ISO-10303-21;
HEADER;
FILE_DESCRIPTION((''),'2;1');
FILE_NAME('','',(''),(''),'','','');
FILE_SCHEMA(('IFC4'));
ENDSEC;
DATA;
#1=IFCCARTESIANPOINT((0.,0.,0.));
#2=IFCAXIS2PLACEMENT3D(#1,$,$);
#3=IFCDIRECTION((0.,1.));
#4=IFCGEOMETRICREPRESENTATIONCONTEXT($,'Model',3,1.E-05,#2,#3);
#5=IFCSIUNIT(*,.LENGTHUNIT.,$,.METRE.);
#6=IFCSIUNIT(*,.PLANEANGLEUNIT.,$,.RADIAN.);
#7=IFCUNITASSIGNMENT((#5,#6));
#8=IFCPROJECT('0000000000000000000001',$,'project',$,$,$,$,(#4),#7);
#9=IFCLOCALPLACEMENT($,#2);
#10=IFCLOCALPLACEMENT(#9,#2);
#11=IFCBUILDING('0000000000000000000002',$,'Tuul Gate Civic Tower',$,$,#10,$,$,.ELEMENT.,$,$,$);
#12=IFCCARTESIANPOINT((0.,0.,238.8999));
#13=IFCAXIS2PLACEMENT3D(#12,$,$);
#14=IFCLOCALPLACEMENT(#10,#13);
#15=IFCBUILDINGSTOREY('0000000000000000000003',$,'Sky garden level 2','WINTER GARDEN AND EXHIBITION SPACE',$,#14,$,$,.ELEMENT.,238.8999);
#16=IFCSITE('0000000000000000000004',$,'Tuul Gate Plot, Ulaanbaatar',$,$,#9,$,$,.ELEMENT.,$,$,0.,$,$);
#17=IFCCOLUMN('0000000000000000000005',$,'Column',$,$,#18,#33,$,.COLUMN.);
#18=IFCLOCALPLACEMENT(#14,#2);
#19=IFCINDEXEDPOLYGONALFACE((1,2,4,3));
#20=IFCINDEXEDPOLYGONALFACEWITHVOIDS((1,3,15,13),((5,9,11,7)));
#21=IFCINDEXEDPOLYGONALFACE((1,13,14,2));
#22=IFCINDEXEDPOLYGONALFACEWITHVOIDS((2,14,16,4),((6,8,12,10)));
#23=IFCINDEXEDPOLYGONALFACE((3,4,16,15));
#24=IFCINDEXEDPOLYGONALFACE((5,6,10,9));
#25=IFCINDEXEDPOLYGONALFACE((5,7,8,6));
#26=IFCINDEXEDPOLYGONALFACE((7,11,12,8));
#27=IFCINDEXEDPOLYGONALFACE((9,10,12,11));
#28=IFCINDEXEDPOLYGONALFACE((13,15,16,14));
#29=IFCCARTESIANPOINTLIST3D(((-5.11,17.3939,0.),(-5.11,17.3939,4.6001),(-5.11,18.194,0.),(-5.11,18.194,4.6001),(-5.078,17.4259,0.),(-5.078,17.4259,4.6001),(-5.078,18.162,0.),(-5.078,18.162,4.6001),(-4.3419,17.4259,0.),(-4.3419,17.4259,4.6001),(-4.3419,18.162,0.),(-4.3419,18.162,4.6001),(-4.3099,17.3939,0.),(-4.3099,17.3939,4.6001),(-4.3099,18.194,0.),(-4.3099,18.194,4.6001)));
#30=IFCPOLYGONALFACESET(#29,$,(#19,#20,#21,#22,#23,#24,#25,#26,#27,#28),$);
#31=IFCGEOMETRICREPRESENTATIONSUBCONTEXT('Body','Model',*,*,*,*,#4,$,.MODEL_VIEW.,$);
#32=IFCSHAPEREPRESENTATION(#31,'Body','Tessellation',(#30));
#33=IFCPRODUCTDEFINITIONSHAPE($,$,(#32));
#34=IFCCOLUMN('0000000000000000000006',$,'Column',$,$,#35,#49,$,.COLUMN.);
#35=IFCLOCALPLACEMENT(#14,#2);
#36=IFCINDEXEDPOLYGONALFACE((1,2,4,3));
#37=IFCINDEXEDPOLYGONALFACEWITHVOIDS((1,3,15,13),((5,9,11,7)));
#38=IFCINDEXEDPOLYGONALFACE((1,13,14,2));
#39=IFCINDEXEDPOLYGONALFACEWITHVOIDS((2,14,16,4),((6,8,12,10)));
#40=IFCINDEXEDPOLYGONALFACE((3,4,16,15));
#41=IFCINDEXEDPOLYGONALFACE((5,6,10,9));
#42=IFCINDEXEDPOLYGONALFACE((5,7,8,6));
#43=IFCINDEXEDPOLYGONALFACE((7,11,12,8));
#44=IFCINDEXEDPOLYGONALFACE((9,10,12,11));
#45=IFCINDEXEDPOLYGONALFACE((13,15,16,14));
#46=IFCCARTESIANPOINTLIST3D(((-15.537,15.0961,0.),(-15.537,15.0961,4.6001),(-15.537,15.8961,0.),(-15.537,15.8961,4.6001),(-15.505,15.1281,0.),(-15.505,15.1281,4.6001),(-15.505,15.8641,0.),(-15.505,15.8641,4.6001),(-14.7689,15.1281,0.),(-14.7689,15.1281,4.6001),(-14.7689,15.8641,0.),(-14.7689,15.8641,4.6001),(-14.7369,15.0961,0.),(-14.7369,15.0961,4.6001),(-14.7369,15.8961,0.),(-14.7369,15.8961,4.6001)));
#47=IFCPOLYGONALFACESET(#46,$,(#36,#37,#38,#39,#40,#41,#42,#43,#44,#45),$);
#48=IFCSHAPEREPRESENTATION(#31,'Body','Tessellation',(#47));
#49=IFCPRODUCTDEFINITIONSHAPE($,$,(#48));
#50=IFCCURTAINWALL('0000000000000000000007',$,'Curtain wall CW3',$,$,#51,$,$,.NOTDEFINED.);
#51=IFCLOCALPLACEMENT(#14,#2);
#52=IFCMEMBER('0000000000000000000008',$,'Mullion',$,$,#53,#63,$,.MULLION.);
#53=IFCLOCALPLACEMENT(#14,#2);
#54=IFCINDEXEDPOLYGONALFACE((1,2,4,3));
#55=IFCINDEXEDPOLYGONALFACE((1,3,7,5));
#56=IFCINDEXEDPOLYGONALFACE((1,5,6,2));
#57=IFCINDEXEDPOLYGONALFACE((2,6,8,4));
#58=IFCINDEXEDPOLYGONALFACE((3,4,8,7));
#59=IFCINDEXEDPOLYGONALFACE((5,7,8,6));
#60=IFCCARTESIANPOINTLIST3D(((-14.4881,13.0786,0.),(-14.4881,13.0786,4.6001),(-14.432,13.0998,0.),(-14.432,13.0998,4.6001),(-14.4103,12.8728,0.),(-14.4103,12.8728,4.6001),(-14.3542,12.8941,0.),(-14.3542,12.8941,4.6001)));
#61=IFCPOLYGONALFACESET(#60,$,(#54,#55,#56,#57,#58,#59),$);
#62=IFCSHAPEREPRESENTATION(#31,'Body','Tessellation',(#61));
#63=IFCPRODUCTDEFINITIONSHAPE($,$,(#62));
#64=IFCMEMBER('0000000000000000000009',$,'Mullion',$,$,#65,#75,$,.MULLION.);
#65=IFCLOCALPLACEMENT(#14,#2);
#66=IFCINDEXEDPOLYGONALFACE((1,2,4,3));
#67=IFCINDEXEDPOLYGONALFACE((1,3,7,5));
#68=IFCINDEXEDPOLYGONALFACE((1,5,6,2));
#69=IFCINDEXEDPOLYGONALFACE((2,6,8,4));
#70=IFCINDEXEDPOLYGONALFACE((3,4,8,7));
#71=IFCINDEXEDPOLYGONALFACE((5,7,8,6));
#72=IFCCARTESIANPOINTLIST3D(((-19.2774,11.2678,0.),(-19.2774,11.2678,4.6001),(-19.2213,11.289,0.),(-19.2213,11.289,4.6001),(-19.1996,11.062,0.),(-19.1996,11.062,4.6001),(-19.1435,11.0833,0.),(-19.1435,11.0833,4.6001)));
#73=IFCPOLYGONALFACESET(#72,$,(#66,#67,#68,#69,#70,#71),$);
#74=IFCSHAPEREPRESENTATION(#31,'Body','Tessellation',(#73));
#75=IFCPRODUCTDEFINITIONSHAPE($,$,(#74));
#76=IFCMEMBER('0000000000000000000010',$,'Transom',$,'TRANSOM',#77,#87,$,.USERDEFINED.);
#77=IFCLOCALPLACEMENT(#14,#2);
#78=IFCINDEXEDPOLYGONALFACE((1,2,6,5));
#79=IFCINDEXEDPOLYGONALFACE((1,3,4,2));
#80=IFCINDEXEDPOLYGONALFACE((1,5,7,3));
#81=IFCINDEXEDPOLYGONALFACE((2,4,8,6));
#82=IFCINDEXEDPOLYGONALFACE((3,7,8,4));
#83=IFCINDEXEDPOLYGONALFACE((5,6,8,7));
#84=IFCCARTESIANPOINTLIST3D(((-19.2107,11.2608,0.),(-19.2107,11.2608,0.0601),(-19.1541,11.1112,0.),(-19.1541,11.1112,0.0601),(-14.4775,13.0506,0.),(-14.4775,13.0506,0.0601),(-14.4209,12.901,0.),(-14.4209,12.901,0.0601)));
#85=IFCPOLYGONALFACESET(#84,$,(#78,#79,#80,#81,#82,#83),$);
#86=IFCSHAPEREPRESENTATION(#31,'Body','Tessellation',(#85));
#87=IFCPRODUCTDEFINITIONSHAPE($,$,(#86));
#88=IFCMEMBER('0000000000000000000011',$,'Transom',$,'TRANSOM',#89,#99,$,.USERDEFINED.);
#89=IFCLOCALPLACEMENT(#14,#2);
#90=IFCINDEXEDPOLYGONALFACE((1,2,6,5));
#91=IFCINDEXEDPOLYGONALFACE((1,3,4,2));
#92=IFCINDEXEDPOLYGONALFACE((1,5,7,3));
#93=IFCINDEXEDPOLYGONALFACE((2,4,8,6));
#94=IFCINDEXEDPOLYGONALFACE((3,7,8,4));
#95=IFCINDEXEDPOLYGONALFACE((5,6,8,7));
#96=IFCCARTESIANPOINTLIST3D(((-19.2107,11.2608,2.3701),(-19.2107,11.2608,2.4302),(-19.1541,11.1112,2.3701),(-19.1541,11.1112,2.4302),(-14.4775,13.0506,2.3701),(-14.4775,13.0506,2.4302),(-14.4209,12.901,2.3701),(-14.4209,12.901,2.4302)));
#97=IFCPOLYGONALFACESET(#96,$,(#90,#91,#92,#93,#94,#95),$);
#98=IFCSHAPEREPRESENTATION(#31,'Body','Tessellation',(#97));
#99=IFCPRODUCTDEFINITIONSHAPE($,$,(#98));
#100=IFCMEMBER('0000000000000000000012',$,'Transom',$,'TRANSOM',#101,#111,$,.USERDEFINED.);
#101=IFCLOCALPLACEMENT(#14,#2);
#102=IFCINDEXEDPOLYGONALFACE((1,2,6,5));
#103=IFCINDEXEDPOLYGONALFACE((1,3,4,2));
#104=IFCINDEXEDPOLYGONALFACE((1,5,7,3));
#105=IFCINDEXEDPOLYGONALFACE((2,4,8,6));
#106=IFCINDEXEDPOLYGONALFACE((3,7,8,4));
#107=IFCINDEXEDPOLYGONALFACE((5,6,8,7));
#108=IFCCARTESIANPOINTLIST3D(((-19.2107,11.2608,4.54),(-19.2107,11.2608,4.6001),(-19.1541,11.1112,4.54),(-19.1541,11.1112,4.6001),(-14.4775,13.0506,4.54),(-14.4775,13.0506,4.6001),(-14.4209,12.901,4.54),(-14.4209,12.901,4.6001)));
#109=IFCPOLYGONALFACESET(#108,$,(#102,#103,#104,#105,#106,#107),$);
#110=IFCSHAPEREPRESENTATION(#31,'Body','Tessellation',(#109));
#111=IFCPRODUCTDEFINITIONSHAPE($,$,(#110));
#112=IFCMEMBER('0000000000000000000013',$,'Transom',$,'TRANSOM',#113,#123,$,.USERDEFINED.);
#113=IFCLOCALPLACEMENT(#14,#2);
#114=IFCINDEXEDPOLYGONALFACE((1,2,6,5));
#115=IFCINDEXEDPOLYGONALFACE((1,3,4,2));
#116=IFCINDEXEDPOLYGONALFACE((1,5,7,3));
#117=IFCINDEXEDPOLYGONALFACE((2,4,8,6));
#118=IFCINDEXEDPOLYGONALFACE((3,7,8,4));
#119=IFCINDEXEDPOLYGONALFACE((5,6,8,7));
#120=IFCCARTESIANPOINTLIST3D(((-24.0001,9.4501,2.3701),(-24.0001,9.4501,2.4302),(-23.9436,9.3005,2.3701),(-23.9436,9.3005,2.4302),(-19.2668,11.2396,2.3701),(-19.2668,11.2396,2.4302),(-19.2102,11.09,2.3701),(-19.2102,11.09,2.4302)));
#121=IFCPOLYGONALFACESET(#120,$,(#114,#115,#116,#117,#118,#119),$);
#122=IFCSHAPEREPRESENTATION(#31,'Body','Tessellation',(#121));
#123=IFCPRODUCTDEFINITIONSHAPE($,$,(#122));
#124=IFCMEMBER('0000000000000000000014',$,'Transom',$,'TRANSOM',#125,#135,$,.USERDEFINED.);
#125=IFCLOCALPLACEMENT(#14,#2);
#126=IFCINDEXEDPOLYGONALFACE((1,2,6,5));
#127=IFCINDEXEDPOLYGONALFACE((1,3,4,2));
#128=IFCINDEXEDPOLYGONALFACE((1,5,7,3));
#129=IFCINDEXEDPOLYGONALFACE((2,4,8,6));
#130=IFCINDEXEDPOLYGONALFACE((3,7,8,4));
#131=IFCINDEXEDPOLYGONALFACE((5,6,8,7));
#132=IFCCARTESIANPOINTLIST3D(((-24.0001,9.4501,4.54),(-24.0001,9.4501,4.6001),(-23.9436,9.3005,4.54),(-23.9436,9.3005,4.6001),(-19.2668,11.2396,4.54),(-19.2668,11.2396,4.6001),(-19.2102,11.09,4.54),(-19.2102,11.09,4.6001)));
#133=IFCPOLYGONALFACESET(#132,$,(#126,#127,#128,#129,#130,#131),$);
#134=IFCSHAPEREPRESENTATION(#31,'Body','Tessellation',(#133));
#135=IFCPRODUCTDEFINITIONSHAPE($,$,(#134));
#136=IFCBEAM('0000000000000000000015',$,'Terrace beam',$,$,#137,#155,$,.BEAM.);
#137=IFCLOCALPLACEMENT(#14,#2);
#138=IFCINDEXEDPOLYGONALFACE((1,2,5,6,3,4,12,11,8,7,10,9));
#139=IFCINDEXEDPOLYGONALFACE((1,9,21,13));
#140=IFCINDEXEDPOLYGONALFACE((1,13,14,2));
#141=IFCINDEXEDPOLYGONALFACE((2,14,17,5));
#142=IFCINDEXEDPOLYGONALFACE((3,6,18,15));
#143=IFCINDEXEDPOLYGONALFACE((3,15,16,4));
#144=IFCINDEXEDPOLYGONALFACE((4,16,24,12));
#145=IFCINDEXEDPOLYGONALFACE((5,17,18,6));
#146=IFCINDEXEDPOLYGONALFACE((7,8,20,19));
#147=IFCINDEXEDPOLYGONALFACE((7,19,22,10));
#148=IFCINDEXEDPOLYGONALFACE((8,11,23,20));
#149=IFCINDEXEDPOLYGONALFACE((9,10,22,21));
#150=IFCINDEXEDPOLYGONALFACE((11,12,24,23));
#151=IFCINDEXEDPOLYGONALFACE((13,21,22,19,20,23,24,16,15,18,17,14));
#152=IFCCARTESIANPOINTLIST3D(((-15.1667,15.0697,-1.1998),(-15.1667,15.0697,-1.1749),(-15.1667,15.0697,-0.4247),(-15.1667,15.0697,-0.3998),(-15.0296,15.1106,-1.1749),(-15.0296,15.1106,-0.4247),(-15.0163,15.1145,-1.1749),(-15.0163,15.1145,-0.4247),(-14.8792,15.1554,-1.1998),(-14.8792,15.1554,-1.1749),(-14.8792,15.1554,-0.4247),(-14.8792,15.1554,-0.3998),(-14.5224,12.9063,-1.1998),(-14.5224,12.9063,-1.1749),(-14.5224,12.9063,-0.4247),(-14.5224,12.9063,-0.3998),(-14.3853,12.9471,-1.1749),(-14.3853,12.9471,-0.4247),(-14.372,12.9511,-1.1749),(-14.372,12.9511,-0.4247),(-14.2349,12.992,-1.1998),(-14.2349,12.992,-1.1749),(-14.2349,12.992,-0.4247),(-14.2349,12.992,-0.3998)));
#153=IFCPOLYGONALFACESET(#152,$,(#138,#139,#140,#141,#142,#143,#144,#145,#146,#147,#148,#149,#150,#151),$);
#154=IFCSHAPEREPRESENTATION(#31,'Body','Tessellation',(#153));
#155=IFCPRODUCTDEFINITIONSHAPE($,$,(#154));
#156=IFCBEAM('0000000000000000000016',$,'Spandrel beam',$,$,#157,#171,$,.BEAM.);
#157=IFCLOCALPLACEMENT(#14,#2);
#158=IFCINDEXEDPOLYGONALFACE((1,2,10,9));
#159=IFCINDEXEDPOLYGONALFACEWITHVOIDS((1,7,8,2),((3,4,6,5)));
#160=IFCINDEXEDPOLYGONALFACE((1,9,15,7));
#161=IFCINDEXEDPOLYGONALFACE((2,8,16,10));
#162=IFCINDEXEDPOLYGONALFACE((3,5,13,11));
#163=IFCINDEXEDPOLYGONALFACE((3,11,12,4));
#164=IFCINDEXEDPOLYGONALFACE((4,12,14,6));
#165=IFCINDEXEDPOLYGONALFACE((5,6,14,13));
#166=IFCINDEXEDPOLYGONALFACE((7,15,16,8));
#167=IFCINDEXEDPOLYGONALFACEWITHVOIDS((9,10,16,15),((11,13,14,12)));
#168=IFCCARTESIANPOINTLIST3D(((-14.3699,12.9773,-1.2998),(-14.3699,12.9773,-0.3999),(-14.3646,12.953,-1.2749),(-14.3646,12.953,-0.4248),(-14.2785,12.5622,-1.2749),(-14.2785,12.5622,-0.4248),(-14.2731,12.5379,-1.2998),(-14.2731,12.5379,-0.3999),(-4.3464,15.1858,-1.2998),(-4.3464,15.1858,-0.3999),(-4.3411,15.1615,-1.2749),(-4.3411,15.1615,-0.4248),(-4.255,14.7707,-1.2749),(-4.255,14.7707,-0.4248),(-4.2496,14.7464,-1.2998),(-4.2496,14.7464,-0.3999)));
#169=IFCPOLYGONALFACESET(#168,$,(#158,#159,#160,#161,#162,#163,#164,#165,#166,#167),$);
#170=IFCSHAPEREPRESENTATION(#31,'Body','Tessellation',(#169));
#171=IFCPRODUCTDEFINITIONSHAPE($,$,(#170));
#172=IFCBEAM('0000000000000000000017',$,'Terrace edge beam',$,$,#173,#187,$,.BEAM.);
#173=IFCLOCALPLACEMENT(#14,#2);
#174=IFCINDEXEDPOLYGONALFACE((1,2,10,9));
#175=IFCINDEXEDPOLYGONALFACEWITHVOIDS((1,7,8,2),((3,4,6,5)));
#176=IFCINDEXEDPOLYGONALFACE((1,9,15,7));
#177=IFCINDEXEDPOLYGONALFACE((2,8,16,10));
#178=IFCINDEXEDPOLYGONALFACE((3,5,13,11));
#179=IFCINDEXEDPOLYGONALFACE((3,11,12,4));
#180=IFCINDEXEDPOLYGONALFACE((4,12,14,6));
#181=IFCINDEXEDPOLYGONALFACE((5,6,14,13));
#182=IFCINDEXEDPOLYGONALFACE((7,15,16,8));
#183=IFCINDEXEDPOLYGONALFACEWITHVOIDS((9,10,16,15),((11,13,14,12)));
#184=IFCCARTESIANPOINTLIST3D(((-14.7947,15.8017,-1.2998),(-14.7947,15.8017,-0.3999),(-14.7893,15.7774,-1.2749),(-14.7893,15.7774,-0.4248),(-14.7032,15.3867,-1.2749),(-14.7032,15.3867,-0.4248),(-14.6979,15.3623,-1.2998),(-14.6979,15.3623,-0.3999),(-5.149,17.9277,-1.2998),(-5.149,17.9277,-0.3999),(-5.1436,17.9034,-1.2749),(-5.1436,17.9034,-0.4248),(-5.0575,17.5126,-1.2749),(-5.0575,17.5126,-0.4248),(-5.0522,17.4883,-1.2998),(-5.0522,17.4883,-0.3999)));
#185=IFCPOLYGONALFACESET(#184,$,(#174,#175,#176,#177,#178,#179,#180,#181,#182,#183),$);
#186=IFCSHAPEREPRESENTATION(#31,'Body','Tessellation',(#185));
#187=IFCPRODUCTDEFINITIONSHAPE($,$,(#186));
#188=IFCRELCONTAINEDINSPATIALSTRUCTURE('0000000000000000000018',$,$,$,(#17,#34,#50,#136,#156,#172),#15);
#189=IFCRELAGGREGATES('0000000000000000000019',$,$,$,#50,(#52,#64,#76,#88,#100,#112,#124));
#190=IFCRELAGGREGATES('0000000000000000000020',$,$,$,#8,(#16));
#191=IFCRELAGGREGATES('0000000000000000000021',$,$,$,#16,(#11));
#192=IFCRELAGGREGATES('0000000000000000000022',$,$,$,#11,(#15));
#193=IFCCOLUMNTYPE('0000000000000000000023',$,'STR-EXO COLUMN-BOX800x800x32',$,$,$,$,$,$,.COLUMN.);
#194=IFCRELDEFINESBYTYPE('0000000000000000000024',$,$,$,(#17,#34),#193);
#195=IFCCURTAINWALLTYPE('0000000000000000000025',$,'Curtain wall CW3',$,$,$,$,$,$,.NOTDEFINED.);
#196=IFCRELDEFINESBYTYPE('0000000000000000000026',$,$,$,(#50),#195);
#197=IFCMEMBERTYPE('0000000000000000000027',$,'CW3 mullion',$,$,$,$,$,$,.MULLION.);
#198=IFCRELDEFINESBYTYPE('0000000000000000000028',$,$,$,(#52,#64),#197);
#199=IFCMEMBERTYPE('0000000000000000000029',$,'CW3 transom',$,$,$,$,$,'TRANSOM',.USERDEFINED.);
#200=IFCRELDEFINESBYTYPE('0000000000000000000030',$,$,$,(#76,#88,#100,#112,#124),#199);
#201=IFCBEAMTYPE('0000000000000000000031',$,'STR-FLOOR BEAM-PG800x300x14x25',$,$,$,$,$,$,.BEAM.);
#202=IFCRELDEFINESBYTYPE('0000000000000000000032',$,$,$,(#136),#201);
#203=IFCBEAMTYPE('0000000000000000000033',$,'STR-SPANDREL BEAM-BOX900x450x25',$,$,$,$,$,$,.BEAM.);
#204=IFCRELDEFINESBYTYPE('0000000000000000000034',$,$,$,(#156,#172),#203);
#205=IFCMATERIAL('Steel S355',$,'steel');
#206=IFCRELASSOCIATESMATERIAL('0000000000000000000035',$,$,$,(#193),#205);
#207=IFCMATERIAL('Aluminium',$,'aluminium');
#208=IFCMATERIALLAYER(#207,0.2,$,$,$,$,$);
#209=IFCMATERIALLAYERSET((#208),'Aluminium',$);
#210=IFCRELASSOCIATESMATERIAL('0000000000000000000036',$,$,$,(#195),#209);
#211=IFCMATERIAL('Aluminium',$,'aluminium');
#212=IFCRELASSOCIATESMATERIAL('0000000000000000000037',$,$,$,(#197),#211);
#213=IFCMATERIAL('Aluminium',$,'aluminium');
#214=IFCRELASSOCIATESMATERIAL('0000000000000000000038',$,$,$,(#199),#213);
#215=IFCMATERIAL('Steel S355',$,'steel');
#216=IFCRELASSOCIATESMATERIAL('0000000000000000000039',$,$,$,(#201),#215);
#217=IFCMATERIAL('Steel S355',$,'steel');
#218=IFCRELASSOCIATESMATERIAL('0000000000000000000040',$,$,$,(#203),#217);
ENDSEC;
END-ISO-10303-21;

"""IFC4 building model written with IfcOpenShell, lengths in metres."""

from ifc_helpers import new_model, si_unit, direction, frame, origin, origin_2d, place, context, subcontext, project, spatial, rectangle, hollow_rectangle, i_section, extrude, material, layer, layer_set, material_profile, profile_set, type_object, element, aggregate, save


model = new_model("IFC4")

# Units and contexts
model_context = context("Model", 3, precision=1e-05, world=origin(), true_north=direction((0.0, 1.0)))
body_context = subcontext(model_context, "Body", "Model", "MODEL_VIEW")
ifc_project = project(units=[si_unit("LENGTHUNIT", "METRE"), si_unit("PLANEANGLEUNIT", "RADIAN")], contexts=[model_context])

# Site, building, storey
site_placement = place(None, origin())
site = spatial("IfcSite", under=ifc_project, at=site_placement, Name="Tuul Gate Plot, Ulaanbaatar", CompositionType="ELEMENT", RefElevation=0.0)
building_placement = place(site_placement, origin())
building = spatial("IfcBuilding", under=site, at=building_placement, Name="Tuul Gate Civic Tower", CompositionType="ELEMENT")
storey_placement = place(building_placement, frame((0.0, 0.0, 238.8999)))
storey = spatial("IfcBuildingStorey", under=building, at=storey_placement, Name="Sky garden level 2", Description="WINTER GARDEN AND EXHIBITION SPACE", CompositionType="ELEMENT", Elevation=238.8999)

# Columns
ifc_material_1 = material(Name="Steel S355", Category="steel")
ifc_material_profile_1 = material_profile(ifc_material_1, hollow_rectangle(XDim=0.8, YDim=0.8, WallThickness=0.032, at=origin_2d()), Name="BOX800x800x32")
ifc_profile_set_1 = profile_set([ifc_material_profile_1], Name="Steel S355")
column_type = type_object("IfcColumnType", Name="STR-EXO COLUMN-BOX800x800x32", PredefinedType="COLUMN", material=ifc_profile_set_1)
for number, where, z_axis, x_axis, name in (
    (1, (-4.71, 17.7939, 0.0), (0.0, 0.0, 1.0), (1.0, 0.0, 0.0), "Column"),
    (2, (-15.137, 15.4961, 0.0), (0.0, 0.0, 1.0), (1.0, 0.0, 0.0), "Column"),
):
    element("IfcColumn", number, at=place(storey_placement, frame(where, z_axis=z_axis, x_axis=x_axis)), inside=storey, type_object=column_type, Name=name, PredefinedType="COLUMN", context=body_context, shape_type="SweptSolid", body=[
        extrude(hollow_rectangle(XDim=0.8, YDim=0.8, WallThickness=0.032, at=origin_2d()), origin(), (0.0, 0.0, 1.0), 4.6001),
    ])

# Curtain wall, members
ifc_material_2 = material(Name="Aluminium", Category="aluminium")
ifc_layer_1 = layer(ifc_material_2, 0.2)
ifc_layer_set_1 = layer_set([ifc_layer_1], Name="Aluminium")
curtain_wall_type = type_object("IfcCurtainWallType", Name="Curtain wall CW3", PredefinedType="NOTDEFINED", material=ifc_layer_set_1)
curtain_wall_placement = place(storey_placement, origin())
curtain_wall = element("IfcCurtainWall", 3, at=curtain_wall_placement, inside=storey, type_object=curtain_wall_type, Name="Curtain wall CW3", PredefinedType="NOTDEFINED")
ifc_material_3 = material(Name="Aluminium", Category="aluminium")
ifc_material_profile_2 = material_profile(ifc_material_3, rectangle(XDim=0.22, YDim=0.0601, at=origin_2d()), Name="CW3 mullion")
ifc_profile_set_2 = profile_set([ifc_material_profile_2], Name="Aluminium")
member_type_1 = type_object("IfcMemberType", Name="CW3 mullion", PredefinedType="MULLION", material=ifc_profile_set_2)
member_1_placement = place(storey_placement, frame((-14.4211, 12.9863, 0.0), z_axis=(0.0, 0.0, 1.0), x_axis=(0.353665, -0.935372, 0.0)))
member_1 = element("IfcMember", 4, at=member_1_placement, type_object=member_type_1, Name="Mullion", PredefinedType="MULLION", context=body_context, shape_type="SweptSolid", body=[
    extrude(rectangle(XDim=0.22, YDim=0.0601, at=origin_2d()), origin(), (0.0, 0.0, 1.0), 4.6001),
])
member_2_placement = place(storey_placement, frame((-19.2104, 11.1755, 0.0), z_axis=(0.0, 0.0, 1.0), x_axis=(0.353665, -0.935372, 0.0)))
member_2 = element("IfcMember", 5, at=member_2_placement, type_object=member_type_1, Name="Mullion", PredefinedType="MULLION", context=body_context, shape_type="SweptSolid", body=[
    extrude(rectangle(XDim=0.22, YDim=0.0601, at=origin_2d()), origin(), (0.0, 0.0, 1.0), 4.6001),
])
ifc_material_4 = material(Name="Aluminium", Category="aluminium")
ifc_material_profile_3 = material_profile(ifc_material_4, rectangle(XDim=0.1599, YDim=0.0601, at=origin_2d()), Name="CW3 transom")
ifc_profile_set_3 = profile_set([ifc_material_profile_3], Name="Aluminium")
member_type_2 = type_object("IfcMemberType", Name="CW3 transom", ElementType="TRANSOM", PredefinedType="USERDEFINED", material=ifc_profile_set_3)
member_3_placement = place(storey_placement, frame((-14.4492, 12.9758, 0.03), z_axis=(-0.93536, -0.353697, 0.0), x_axis=(0.353697, -0.93536, 0.0)))
member_3 = element("IfcMember", 6, at=member_3_placement, type_object=member_type_2, Name="Transom", ObjectType="TRANSOM", PredefinedType="USERDEFINED", context=body_context, shape_type="SweptSolid", body=[
    extrude(rectangle(XDim=0.1599, YDim=0.0601, at=origin_2d()), origin(), (0.0, 0.0, 1.0), 5.0603),
])
member_4_placement = place(storey_placement, frame((-14.4492, 12.9758, 2.4001), z_axis=(-0.93536, -0.353697, 0.0), x_axis=(0.353697, -0.93536, 0.0)))
member_4 = element("IfcMember", 7, at=member_4_placement, type_object=member_type_2, Name="Transom", ObjectType="TRANSOM", PredefinedType="USERDEFINED", context=body_context, shape_type="SweptSolid", body=[
    extrude(rectangle(XDim=0.1599, YDim=0.0601, at=origin_2d()), origin(), (0.0, 0.0, 1.0), 5.0603),
])
member_5_placement = place(storey_placement, frame((-14.4492, 12.9758, 4.5701), z_axis=(-0.93536, -0.353697, 0.0), x_axis=(0.353697, -0.93536, 0.0)))
member_5 = element("IfcMember", 8, at=member_5_placement, type_object=member_type_2, Name="Transom", ObjectType="TRANSOM", PredefinedType="USERDEFINED", context=body_context, shape_type="SweptSolid", body=[
    extrude(rectangle(XDim=0.1599, YDim=0.0601, at=origin_2d()), origin(), (0.0, 0.0, 1.0), 5.0603),
])
member_6_placement = place(storey_placement, frame((-19.2385, 11.1648, 2.4001), z_axis=(-0.935382, -0.353639, 0.0), x_axis=(0.353639, -0.935382, 0.0)))
member_6 = element("IfcMember", 9, at=member_6_placement, type_object=member_type_2, Name="Transom", ObjectType="TRANSOM", PredefinedType="USERDEFINED", context=body_context, shape_type="SweptSolid", body=[
    extrude(rectangle(XDim=0.1599, YDim=0.0601, at=origin_2d()), origin(), (0.0, 0.0, 1.0), 5.0603),
])
member_7_placement = place(storey_placement, frame((-19.2385, 11.1648, 4.5701), z_axis=(-0.935382, -0.353639, 0.0), x_axis=(0.353639, -0.935382, 0.0)))
member_7 = element("IfcMember", 10, at=member_7_placement, type_object=member_type_2, Name="Transom", ObjectType="TRANSOM", PredefinedType="USERDEFINED", context=body_context, shape_type="SweptSolid", body=[
    extrude(rectangle(XDim=0.1599, YDim=0.0601, at=origin_2d()), origin(), (0.0, 0.0, 1.0), 5.0603),
])

# Beams
ifc_material_5 = material(Name="Steel S355", Category="steel")
ifc_material_profile_4 = material_profile(ifc_material_5, i_section(OverallWidth=0.3, OverallDepth=0.8, WebThickness=0.0139, FlangeThickness=0.0249, at=origin_2d()), Name="PG800x300x14x25")
ifc_profile_set_4 = profile_set([ifc_material_profile_4], Name="Steel S355")
beam_type_1 = type_object("IfcBeamType", Name="STR-FLOOR BEAM-PG800x300x14x25", PredefinedType="BEAM", material=ifc_profile_set_4)
beam_1_placement = place(storey_placement, frame((-15.0229, 15.1125, -0.7998), z_axis=(0.285432, -0.958399, 0.0), x_axis=(0.958399, 0.285432, 0.0)))
element("IfcBeam", 11, at=beam_1_placement, inside=storey, type_object=beam_type_1, Name="Terrace beam", PredefinedType="BEAM", context=body_context, shape_type="SweptSolid", body=[
    extrude(i_section(OverallWidth=0.3, OverallDepth=0.8, WebThickness=0.0139, FlangeThickness=0.0249, at=origin_2d()), origin(), (0.0, 0.0, 1.0), 2.2573),
])
ifc_material_6 = material(Name="Steel S355", Category="steel")
ifc_material_profile_5 = material_profile(ifc_material_6, hollow_rectangle(XDim=0.45, YDim=0.8999, WallThickness=0.0249, at=origin_2d()), Name="BOX900x450x25")
ifc_profile_set_5 = profile_set([ifc_material_profile_5], Name="Steel S355")
beam_type_2 = type_object("IfcBeamType", Name="STR-SPANDREL BEAM-BOX900x450x25", PredefinedType="BEAM", material=ifc_profile_set_5)
beam_2_placement = place(storey_placement, frame((-14.3215, 12.7576, -0.8499), z_axis=(0.976576, 0.215172, 0.0), x_axis=(-0.215172, 0.976576, 0.0)))
element("IfcBeam", 12, at=beam_2_placement, inside=storey, type_object=beam_type_2, Name="Spandrel beam", PredefinedType="BEAM", context=body_context, shape_type="SweptSolid", body=[
    extrude(hollow_rectangle(XDim=0.45, YDim=0.8999, WallThickness=0.0249, at=origin_2d()), origin(), (0.0, 0.0, 1.0), 10.2639),
])
for number, where, z_axis, x_axis, name in (
    (13, (-5.1006, 17.708, -0.8499), (-0.976561, -0.215239, 0.0), (0.215239, -0.976561, 0.0), "Terrace edge beam"),
):
    element("IfcBeam", number, at=place(storey_placement, frame(where, z_axis=z_axis, x_axis=x_axis)), inside=storey, type_object=beam_type_2, Name=name, PredefinedType="BEAM", context=body_context, shape_type="SweptSolid", body=[
        extrude(hollow_rectangle(XDim=0.45, YDim=0.8999, WallThickness=0.0249, at=origin_2d()), origin(), (0.0, 0.0, 1.0), 9.8772),
    ])

aggregate(curtain_wall, [member_1, member_2, member_3, member_4, member_5, member_6, member_7])

save(model, "model.ifc")
